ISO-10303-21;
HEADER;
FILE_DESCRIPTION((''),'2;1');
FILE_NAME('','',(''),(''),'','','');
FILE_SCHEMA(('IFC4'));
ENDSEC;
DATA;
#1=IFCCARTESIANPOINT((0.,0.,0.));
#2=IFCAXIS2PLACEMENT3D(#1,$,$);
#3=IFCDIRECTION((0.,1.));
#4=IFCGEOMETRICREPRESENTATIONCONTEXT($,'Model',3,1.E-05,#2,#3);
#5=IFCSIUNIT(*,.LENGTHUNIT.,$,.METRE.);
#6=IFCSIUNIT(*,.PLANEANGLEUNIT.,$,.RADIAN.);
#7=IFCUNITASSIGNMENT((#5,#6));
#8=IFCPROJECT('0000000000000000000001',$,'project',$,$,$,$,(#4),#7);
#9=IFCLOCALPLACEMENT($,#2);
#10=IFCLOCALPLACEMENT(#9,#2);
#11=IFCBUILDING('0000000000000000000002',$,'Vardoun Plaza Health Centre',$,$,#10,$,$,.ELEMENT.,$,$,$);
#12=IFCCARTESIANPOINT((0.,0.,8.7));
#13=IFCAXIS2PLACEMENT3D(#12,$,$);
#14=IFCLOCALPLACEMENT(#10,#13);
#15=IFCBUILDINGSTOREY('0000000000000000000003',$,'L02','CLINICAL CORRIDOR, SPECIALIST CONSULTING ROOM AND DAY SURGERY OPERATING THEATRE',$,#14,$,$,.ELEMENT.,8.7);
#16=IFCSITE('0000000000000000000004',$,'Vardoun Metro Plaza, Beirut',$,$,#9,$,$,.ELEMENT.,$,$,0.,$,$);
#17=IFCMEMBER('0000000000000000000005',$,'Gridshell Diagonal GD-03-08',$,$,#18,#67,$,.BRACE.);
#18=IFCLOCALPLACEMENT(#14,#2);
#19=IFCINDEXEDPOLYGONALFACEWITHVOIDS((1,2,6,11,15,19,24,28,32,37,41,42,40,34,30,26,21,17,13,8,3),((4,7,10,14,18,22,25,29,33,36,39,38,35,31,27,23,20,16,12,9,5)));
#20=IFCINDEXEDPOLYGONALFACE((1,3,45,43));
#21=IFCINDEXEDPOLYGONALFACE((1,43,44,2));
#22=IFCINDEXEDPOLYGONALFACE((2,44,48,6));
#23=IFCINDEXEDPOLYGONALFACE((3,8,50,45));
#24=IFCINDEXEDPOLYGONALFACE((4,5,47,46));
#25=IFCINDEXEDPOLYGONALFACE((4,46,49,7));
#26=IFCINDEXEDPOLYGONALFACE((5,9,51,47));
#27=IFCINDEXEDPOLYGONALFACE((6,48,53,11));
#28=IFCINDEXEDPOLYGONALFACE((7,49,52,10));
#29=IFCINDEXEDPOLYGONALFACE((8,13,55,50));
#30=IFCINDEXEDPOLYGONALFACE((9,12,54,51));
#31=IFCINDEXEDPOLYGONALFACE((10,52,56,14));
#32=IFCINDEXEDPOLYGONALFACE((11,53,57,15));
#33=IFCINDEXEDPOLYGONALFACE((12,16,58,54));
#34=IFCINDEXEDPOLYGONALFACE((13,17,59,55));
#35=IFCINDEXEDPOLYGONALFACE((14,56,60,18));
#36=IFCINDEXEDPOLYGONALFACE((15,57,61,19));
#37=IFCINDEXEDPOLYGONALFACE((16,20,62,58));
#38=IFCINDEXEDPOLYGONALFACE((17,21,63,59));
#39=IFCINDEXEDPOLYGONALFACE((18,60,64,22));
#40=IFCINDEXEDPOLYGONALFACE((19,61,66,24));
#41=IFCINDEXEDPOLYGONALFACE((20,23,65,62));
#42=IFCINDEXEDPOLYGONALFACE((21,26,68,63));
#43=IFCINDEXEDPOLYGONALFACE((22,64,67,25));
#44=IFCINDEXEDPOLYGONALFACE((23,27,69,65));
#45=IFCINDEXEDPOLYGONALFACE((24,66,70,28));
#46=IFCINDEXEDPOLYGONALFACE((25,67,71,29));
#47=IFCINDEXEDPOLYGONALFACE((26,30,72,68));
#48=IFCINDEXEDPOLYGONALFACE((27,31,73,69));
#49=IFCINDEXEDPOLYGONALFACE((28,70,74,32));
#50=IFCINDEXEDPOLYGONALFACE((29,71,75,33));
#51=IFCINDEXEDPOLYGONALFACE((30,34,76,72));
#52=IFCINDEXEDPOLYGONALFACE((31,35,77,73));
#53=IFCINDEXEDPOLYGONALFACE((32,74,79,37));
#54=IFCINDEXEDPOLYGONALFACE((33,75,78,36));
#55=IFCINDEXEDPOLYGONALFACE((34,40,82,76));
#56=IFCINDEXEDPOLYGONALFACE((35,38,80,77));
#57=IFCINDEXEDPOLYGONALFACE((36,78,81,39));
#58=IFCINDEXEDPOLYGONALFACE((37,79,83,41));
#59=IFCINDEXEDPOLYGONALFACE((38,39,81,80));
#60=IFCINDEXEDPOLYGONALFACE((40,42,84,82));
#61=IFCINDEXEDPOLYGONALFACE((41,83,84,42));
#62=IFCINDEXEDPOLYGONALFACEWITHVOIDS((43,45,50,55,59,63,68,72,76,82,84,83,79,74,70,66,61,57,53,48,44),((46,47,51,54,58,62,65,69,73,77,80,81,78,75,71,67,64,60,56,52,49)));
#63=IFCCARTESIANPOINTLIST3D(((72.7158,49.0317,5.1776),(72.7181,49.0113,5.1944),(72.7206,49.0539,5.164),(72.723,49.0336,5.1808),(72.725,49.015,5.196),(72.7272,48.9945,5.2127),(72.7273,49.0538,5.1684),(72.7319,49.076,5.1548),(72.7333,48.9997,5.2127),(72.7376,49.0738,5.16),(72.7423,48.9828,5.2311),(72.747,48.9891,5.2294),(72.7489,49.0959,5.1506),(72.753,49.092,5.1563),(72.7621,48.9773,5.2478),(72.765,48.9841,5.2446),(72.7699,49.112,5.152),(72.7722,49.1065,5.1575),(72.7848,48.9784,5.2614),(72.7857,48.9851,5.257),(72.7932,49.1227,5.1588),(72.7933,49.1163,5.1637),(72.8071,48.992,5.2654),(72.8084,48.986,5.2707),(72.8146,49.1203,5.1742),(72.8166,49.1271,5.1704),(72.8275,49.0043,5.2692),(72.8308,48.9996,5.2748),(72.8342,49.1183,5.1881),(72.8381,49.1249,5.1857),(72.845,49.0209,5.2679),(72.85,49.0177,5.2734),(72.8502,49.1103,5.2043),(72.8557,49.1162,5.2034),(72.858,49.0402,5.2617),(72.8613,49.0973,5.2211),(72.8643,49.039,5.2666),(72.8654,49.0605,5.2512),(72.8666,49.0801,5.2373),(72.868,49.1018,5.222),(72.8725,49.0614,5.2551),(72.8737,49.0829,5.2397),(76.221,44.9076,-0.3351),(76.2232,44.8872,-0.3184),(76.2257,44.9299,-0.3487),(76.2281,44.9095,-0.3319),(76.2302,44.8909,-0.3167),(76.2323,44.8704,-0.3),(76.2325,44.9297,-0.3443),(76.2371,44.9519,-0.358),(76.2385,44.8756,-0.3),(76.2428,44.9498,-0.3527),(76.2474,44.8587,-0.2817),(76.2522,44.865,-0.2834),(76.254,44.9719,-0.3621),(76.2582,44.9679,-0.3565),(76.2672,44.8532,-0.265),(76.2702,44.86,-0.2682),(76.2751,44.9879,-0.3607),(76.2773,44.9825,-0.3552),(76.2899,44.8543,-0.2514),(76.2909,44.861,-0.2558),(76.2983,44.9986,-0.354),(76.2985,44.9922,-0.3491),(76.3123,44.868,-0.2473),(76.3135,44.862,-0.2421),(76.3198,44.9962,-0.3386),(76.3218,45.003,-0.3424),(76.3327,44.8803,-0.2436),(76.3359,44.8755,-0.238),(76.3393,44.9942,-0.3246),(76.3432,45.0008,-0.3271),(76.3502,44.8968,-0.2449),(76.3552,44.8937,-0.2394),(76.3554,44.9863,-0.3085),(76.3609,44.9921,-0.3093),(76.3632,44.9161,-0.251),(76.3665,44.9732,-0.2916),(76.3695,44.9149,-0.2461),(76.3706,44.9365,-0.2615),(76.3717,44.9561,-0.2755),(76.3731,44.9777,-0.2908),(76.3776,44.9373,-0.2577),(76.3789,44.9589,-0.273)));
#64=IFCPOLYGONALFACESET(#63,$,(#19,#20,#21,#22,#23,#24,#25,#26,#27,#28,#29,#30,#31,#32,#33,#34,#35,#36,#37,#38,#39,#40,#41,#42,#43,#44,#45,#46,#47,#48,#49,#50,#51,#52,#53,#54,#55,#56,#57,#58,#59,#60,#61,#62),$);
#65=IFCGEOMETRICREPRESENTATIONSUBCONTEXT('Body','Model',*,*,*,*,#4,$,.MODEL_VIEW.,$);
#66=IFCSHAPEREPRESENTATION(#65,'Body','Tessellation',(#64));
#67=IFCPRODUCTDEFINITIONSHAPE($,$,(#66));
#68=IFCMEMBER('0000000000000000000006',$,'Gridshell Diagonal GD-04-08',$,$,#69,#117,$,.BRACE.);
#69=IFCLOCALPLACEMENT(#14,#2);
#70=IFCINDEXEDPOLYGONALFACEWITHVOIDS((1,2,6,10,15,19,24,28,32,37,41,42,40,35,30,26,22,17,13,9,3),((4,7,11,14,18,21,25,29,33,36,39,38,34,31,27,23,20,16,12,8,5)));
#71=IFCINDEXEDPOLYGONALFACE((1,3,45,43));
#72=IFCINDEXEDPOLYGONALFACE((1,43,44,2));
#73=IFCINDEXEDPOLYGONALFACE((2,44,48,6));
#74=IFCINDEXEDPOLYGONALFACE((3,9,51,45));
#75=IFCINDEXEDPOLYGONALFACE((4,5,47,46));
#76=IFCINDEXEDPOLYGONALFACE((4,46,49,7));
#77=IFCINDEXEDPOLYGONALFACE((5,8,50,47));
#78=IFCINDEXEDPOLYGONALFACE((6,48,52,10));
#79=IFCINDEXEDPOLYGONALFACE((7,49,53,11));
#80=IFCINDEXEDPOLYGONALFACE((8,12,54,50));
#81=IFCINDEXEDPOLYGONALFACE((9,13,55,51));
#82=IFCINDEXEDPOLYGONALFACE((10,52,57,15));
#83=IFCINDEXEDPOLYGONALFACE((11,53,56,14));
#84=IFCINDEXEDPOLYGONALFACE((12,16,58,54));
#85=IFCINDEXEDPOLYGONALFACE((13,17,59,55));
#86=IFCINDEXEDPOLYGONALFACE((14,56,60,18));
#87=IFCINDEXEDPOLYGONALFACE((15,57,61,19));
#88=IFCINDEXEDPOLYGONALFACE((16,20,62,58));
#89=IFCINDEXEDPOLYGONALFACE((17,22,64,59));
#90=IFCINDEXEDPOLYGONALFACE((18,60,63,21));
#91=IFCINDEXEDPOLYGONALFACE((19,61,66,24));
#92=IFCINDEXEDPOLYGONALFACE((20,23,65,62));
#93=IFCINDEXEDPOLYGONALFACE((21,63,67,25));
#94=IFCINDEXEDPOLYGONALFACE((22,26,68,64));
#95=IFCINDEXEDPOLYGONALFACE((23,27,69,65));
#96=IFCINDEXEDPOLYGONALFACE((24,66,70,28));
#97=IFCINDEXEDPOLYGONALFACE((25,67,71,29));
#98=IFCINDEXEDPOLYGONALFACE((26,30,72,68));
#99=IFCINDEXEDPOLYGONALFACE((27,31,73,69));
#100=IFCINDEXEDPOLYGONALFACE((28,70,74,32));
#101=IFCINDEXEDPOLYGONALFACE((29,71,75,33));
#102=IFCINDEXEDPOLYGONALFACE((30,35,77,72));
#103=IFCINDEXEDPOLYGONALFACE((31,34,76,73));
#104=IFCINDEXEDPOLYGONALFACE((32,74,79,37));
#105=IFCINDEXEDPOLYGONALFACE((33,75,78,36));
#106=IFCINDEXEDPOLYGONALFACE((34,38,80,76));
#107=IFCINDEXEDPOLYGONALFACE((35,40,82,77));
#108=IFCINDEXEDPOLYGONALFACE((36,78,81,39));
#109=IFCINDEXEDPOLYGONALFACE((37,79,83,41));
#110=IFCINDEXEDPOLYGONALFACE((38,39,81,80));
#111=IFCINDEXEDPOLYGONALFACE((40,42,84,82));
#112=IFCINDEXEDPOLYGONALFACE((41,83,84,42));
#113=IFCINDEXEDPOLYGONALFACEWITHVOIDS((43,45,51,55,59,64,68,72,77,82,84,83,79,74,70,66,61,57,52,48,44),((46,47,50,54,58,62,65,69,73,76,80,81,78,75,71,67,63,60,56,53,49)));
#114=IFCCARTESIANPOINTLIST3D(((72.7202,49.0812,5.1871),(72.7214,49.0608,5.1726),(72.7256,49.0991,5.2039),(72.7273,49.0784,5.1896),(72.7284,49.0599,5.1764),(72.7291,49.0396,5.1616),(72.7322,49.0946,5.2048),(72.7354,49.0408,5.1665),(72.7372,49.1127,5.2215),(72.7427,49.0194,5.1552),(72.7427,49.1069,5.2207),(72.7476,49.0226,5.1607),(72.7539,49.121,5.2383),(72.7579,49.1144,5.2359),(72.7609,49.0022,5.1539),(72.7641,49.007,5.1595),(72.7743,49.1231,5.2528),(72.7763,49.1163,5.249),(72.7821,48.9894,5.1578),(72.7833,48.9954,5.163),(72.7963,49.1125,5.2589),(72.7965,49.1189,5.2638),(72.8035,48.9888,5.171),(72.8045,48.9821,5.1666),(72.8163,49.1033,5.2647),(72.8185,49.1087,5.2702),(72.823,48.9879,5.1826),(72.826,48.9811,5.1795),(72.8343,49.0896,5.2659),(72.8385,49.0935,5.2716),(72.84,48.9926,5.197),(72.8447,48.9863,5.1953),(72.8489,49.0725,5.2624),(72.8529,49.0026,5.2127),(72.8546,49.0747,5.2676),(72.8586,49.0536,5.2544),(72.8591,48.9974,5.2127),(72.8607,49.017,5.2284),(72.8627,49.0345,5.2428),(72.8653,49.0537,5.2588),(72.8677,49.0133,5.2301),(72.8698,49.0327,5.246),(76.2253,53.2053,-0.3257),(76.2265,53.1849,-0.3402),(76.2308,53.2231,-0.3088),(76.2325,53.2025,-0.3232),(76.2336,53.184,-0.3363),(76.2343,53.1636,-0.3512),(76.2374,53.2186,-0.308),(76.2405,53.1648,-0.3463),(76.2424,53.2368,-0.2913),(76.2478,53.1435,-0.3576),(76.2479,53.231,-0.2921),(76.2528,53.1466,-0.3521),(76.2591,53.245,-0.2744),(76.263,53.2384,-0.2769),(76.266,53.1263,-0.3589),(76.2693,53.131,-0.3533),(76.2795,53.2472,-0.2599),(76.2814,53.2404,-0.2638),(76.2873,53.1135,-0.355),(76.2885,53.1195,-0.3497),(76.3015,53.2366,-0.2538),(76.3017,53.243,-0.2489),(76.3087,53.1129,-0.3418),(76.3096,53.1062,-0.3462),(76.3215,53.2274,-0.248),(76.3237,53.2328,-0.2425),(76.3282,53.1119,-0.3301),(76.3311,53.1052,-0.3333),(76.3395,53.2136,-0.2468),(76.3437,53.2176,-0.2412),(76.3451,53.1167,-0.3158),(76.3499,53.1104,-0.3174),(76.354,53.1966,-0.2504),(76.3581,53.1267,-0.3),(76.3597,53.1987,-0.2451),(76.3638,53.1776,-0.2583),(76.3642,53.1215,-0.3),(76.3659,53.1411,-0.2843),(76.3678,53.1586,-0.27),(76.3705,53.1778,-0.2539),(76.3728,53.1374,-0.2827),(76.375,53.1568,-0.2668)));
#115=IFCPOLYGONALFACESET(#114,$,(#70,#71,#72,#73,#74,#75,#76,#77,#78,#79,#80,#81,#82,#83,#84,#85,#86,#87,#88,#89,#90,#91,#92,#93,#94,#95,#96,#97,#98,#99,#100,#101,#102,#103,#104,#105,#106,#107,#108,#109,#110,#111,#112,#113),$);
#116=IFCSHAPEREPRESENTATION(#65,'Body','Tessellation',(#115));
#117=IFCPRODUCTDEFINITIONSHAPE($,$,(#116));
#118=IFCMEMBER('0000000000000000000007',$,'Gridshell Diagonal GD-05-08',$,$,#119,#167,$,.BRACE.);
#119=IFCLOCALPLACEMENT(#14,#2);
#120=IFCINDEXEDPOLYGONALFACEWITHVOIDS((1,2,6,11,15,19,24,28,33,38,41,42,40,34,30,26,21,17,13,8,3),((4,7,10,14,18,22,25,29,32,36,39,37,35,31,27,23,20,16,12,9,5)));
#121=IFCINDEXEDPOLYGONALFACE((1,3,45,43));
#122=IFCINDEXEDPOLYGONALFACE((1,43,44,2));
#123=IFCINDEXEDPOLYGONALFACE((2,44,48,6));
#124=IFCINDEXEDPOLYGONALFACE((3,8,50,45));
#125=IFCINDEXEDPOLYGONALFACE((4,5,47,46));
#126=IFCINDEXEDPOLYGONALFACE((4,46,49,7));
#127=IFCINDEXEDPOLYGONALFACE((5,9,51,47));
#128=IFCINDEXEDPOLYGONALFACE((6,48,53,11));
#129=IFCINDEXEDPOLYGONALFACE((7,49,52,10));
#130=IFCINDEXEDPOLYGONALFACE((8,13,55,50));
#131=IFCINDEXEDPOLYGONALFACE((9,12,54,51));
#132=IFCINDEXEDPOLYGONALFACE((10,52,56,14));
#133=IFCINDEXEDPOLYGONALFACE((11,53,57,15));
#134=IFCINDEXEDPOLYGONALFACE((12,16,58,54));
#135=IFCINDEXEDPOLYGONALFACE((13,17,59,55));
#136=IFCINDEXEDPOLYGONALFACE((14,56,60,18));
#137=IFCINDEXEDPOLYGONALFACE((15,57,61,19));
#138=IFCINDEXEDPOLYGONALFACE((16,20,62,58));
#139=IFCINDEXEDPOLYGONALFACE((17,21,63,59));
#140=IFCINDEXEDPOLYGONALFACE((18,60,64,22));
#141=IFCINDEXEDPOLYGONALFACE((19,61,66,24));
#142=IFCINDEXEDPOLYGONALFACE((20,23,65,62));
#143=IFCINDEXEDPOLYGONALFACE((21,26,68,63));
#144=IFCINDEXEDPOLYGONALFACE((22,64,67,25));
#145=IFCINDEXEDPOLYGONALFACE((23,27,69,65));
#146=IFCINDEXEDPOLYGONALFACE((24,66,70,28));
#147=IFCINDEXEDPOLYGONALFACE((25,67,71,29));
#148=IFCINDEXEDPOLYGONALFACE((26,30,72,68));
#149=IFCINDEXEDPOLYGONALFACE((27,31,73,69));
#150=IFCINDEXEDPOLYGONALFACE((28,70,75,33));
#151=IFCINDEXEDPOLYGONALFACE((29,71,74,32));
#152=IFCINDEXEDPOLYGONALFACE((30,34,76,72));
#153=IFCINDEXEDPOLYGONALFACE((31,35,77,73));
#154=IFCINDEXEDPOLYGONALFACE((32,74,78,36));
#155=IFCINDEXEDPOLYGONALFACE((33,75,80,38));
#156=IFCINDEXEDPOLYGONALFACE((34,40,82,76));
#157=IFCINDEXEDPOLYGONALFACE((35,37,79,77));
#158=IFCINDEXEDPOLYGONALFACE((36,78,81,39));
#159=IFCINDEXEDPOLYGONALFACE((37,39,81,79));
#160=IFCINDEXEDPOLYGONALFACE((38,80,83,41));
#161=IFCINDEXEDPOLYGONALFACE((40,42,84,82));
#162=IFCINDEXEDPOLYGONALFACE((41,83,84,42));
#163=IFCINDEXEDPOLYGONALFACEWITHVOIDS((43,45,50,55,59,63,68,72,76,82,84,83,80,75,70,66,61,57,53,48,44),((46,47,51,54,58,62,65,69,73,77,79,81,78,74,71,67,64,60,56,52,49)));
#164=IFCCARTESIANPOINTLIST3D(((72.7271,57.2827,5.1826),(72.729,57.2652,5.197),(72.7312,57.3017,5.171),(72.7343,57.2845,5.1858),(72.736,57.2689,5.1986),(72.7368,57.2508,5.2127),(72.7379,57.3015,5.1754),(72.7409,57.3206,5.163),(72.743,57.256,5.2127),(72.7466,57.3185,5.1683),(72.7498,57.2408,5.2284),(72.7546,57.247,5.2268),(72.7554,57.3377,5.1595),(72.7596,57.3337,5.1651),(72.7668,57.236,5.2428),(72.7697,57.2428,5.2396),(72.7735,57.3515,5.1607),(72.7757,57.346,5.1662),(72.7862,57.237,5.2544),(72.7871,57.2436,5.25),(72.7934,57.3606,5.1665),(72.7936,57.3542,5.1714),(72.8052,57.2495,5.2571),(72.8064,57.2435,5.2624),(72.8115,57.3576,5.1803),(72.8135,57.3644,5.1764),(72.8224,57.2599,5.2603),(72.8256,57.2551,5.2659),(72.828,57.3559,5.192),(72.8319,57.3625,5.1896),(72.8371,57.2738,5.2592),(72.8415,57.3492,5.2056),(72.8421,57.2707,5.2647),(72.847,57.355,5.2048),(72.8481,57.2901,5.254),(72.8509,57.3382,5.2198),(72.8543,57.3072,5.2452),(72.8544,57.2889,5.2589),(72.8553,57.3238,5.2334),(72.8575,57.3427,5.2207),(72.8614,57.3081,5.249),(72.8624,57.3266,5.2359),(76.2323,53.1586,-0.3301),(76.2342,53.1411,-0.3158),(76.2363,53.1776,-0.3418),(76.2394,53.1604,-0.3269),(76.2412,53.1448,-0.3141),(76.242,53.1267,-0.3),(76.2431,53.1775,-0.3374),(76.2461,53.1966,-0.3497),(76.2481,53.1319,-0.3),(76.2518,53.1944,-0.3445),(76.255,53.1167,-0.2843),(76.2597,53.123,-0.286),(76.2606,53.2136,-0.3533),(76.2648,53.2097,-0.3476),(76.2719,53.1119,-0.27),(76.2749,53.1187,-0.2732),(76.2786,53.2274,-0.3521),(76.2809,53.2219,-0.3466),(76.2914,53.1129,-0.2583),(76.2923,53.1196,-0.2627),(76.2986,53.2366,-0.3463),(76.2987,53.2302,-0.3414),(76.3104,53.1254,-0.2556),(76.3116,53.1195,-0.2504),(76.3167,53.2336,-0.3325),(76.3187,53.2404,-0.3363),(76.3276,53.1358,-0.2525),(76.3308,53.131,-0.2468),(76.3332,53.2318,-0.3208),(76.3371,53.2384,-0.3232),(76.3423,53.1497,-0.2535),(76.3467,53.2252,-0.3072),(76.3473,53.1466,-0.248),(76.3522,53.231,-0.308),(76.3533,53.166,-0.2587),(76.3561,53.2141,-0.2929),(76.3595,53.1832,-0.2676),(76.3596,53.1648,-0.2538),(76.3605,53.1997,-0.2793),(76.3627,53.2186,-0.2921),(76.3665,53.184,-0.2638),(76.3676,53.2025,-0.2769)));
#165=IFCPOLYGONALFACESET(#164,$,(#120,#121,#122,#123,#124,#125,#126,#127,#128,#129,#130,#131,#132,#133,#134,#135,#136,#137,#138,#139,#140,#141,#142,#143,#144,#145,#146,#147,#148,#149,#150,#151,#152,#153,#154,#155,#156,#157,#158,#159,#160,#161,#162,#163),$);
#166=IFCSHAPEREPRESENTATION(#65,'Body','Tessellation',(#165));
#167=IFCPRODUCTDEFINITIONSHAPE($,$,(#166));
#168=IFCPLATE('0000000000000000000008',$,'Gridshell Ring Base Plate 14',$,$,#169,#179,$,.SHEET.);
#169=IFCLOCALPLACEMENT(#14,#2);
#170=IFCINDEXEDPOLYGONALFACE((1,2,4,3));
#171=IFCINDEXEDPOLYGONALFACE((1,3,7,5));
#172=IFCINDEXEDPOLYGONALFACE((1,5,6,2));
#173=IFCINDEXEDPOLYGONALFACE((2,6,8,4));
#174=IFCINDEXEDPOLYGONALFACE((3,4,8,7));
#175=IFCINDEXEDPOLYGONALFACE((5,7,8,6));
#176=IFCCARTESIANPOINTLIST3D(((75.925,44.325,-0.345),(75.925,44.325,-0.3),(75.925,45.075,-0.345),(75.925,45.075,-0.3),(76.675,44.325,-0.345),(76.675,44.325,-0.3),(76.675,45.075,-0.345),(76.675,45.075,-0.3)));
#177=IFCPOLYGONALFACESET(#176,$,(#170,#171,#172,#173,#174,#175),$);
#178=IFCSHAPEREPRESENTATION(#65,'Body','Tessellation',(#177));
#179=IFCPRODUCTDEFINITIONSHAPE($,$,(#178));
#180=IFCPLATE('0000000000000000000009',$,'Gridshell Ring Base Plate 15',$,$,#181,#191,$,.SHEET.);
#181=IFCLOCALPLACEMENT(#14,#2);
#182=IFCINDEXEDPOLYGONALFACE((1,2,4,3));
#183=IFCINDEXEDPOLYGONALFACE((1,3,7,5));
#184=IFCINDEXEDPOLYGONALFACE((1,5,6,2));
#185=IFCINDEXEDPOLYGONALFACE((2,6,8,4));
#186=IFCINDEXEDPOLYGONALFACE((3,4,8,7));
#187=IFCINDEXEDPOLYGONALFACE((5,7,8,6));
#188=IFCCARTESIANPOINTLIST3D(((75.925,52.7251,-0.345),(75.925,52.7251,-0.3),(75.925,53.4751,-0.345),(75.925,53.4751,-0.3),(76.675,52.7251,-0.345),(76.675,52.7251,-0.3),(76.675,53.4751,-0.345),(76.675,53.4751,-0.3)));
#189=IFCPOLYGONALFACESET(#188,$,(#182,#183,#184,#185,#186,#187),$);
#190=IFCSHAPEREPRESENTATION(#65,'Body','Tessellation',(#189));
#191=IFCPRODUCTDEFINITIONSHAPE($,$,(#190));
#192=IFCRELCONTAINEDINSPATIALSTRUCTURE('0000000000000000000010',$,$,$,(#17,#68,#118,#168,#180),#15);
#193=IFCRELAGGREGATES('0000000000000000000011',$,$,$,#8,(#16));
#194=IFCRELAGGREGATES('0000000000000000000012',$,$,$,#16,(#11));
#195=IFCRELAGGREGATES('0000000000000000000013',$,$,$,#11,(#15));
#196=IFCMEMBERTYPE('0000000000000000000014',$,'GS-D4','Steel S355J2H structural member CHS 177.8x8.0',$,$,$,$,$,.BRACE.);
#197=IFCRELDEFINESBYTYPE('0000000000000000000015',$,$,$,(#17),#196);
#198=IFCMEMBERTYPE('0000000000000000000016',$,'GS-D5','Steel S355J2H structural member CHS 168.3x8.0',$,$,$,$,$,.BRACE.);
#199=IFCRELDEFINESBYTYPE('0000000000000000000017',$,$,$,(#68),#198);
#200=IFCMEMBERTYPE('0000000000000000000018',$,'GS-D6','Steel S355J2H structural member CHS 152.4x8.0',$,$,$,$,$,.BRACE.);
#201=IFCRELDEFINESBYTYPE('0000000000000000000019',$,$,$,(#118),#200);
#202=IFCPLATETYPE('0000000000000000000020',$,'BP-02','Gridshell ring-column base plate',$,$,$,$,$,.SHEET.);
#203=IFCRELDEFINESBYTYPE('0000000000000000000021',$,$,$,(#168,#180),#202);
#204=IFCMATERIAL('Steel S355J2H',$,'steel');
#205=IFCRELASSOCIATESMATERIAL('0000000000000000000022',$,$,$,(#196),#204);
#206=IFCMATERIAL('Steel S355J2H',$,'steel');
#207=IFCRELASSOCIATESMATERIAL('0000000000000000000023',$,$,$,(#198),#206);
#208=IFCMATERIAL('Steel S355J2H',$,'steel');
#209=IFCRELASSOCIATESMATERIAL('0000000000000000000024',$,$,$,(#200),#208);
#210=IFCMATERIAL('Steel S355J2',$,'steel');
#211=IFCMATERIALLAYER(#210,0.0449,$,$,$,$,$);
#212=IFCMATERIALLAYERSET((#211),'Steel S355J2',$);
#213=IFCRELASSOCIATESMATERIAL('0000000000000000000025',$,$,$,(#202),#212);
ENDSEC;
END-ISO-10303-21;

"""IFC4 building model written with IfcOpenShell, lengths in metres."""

from ifc_helpers import new_model, si_unit, direction, frame, origin, origin_2d, place, context, subcontext, project, spatial, rectangle, hollow_circle, extrude, material, layer, layer_set, material_profile, profile_set, type_object, element, save


model = new_model("IFC4")

# Units and contexts
model_context = context("Model", 3, precision=1e-05, world=origin(), true_north=direction((0.0, 1.0)))
body_context = subcontext(model_context, "Body", "Model", "MODEL_VIEW")
ifc_project = project(units=[si_unit("LENGTHUNIT", "METRE"), si_unit("PLANEANGLEUNIT", "RADIAN")], contexts=[model_context])

# Site, building, storey
site_placement = place(None, origin())
site = spatial("IfcSite", under=ifc_project, at=site_placement, Name="Vardoun Metro Plaza, Beirut", CompositionType="ELEMENT", RefElevation=0.0)
building_placement = place(site_placement, origin())
building = spatial("IfcBuilding", under=site, at=building_placement, Name="Vardoun Plaza Health Centre", CompositionType="ELEMENT")
storey_placement = place(building_placement, frame((0.0, 0.0, 8.7)))
storey = spatial("IfcBuildingStorey", under=building, at=storey_placement, Name="L02", Description="CLINICAL CORRIDOR, SPECIALIST CONSULTING ROOM AND DAY SURGERY OPERATING THEATRE", CompositionType="ELEMENT", Elevation=8.7)

# Members
ifc_material_1 = material(Name="Steel S355J2H", Category="steel")
ifc_material_profile_1 = material_profile(ifc_material_1, hollow_circle(Radius=0.0889, WallThickness=0.0081, at=origin_2d()), Name="CHS 177.8x8.0")
ifc_profile_set_1 = profile_set([ifc_material_profile_1], Name="Steel S355J2H")
member_type_1 = type_object("IfcMemberType", Name="GS-D4", Description="Steel S355J2H structural member CHS 177.8x8.0", PredefinedType="BRACE", material=ifc_profile_set_1)
member_1_placement = place(storey_placement, frame((76.3, 44.928, -0.3), z_axis=(-0.453709, 0.53382, 0.713572), x_axis=(-0.761966, -0.647617, 0.0)))
element("IfcMember", 1, at=member_1_placement, inside=storey, type_object=member_type_1, Name="Gridshell Diagonal GD-03-08", PredefinedType="BRACE", context=body_context, shape_type="SweptSolid", body=[
    extrude(hollow_circle(Radius=0.0889, WallThickness=0.0081, at=origin_2d()), origin(), (0.0, 0.0, 1.0), 7.7256),
])
ifc_material_2 = material(Name="Steel S355J2H", Category="steel")
ifc_material_profile_2 = material_profile(ifc_material_2, hollow_circle(Radius=0.0842, WallThickness=0.0081, at=origin_2d()), Name="CHS 168.3x8.0")
ifc_profile_set_2 = profile_set([ifc_material_profile_2], Name="Steel S355J2H")
member_type_2 = type_object("IfcMemberType", Name="GS-D5", Description="Steel S355J2H structural member CHS 168.3x8.0", PredefinedType="BRACE", material=ifc_profile_set_2)
member_2_placement = place(storey_placement, frame((76.3, 53.176, -0.3), z_axis=(-0.453709, -0.53382, 0.713572), x_axis=(0.761966, -0.647617, 0.0)))
element("IfcMember", 2, at=member_2_placement, inside=storey, type_object=member_type_2, Name="Gridshell Diagonal GD-04-08", PredefinedType="BRACE", context=body_context, shape_type="SweptSolid", body=[
    extrude(hollow_circle(Radius=0.0842, WallThickness=0.0081, at=origin_2d()), origin(), (0.0, 0.0, 1.0), 7.7256),
])
ifc_material_3 = material(Name="Steel S355J2H", Category="steel")
ifc_material_profile_3 = material_profile(ifc_material_3, hollow_circle(Radius=0.0762, WallThickness=0.0081, at=origin_2d()), Name="CHS 152.4x8.0")
ifc_profile_set_3 = profile_set([ifc_material_profile_3], Name="Steel S355J2H")
member_type_3 = type_object("IfcMemberType", Name="GS-D6", Description="Steel S355J2H structural member CHS 152.4x8.0", PredefinedType="BRACE", material=ifc_profile_set_3)
member_3_placement = place(storey_placement, frame((76.3, 53.176, -0.3), z_axis=(-0.453709, 0.53382, 0.713572), x_axis=(-0.761966, -0.647617, 0.0)))
element("IfcMember", 3, at=member_3_placement, inside=storey, type_object=member_type_3, Name="Gridshell Diagonal GD-05-08", PredefinedType="BRACE", context=body_context, shape_type="SweptSolid", body=[
    extrude(hollow_circle(Radius=0.0762, WallThickness=0.0081, at=origin_2d()), origin(), (0.0, 0.0, 1.0), 7.7256),
])

# Plates
ifc_material_4 = material(Name="Steel S355J2", Category="steel")
ifc_layer = layer(ifc_material_4, 0.0449)
ifc_layer_set = layer_set([ifc_layer], Name="Steel S355J2")
plate_type = type_object("IfcPlateType", Name="BP-02", Description="Gridshell ring-column base plate", PredefinedType="SHEET", material=ifc_layer_set)
for number, where, z_axis, x_axis, name in (
    (4, (76.3, 44.7, -0.345), (0.0, 0.0, 1.0), (1.0, 0.0, 0.0), "Gridshell Ring Base Plate 14"),
    (5, (76.3, 53.1001, -0.345), (0.0, 0.0, 1.0), (1.0, 0.0, 0.0), "Gridshell Ring Base Plate 15"),
):
    element("IfcPlate", number, at=place(storey_placement, frame(where, z_axis=z_axis, x_axis=x_axis)), inside=storey, type_object=plate_type, Name=name, PredefinedType="SHEET", context=body_context, shape_type="SweptSolid", body=[
        extrude(rectangle(XDim=0.75, YDim=0.75, at=origin_2d()), origin(), (0.0, 0.0, 1.0), 0.0449),
    ])

save(model, "model.ifc")
